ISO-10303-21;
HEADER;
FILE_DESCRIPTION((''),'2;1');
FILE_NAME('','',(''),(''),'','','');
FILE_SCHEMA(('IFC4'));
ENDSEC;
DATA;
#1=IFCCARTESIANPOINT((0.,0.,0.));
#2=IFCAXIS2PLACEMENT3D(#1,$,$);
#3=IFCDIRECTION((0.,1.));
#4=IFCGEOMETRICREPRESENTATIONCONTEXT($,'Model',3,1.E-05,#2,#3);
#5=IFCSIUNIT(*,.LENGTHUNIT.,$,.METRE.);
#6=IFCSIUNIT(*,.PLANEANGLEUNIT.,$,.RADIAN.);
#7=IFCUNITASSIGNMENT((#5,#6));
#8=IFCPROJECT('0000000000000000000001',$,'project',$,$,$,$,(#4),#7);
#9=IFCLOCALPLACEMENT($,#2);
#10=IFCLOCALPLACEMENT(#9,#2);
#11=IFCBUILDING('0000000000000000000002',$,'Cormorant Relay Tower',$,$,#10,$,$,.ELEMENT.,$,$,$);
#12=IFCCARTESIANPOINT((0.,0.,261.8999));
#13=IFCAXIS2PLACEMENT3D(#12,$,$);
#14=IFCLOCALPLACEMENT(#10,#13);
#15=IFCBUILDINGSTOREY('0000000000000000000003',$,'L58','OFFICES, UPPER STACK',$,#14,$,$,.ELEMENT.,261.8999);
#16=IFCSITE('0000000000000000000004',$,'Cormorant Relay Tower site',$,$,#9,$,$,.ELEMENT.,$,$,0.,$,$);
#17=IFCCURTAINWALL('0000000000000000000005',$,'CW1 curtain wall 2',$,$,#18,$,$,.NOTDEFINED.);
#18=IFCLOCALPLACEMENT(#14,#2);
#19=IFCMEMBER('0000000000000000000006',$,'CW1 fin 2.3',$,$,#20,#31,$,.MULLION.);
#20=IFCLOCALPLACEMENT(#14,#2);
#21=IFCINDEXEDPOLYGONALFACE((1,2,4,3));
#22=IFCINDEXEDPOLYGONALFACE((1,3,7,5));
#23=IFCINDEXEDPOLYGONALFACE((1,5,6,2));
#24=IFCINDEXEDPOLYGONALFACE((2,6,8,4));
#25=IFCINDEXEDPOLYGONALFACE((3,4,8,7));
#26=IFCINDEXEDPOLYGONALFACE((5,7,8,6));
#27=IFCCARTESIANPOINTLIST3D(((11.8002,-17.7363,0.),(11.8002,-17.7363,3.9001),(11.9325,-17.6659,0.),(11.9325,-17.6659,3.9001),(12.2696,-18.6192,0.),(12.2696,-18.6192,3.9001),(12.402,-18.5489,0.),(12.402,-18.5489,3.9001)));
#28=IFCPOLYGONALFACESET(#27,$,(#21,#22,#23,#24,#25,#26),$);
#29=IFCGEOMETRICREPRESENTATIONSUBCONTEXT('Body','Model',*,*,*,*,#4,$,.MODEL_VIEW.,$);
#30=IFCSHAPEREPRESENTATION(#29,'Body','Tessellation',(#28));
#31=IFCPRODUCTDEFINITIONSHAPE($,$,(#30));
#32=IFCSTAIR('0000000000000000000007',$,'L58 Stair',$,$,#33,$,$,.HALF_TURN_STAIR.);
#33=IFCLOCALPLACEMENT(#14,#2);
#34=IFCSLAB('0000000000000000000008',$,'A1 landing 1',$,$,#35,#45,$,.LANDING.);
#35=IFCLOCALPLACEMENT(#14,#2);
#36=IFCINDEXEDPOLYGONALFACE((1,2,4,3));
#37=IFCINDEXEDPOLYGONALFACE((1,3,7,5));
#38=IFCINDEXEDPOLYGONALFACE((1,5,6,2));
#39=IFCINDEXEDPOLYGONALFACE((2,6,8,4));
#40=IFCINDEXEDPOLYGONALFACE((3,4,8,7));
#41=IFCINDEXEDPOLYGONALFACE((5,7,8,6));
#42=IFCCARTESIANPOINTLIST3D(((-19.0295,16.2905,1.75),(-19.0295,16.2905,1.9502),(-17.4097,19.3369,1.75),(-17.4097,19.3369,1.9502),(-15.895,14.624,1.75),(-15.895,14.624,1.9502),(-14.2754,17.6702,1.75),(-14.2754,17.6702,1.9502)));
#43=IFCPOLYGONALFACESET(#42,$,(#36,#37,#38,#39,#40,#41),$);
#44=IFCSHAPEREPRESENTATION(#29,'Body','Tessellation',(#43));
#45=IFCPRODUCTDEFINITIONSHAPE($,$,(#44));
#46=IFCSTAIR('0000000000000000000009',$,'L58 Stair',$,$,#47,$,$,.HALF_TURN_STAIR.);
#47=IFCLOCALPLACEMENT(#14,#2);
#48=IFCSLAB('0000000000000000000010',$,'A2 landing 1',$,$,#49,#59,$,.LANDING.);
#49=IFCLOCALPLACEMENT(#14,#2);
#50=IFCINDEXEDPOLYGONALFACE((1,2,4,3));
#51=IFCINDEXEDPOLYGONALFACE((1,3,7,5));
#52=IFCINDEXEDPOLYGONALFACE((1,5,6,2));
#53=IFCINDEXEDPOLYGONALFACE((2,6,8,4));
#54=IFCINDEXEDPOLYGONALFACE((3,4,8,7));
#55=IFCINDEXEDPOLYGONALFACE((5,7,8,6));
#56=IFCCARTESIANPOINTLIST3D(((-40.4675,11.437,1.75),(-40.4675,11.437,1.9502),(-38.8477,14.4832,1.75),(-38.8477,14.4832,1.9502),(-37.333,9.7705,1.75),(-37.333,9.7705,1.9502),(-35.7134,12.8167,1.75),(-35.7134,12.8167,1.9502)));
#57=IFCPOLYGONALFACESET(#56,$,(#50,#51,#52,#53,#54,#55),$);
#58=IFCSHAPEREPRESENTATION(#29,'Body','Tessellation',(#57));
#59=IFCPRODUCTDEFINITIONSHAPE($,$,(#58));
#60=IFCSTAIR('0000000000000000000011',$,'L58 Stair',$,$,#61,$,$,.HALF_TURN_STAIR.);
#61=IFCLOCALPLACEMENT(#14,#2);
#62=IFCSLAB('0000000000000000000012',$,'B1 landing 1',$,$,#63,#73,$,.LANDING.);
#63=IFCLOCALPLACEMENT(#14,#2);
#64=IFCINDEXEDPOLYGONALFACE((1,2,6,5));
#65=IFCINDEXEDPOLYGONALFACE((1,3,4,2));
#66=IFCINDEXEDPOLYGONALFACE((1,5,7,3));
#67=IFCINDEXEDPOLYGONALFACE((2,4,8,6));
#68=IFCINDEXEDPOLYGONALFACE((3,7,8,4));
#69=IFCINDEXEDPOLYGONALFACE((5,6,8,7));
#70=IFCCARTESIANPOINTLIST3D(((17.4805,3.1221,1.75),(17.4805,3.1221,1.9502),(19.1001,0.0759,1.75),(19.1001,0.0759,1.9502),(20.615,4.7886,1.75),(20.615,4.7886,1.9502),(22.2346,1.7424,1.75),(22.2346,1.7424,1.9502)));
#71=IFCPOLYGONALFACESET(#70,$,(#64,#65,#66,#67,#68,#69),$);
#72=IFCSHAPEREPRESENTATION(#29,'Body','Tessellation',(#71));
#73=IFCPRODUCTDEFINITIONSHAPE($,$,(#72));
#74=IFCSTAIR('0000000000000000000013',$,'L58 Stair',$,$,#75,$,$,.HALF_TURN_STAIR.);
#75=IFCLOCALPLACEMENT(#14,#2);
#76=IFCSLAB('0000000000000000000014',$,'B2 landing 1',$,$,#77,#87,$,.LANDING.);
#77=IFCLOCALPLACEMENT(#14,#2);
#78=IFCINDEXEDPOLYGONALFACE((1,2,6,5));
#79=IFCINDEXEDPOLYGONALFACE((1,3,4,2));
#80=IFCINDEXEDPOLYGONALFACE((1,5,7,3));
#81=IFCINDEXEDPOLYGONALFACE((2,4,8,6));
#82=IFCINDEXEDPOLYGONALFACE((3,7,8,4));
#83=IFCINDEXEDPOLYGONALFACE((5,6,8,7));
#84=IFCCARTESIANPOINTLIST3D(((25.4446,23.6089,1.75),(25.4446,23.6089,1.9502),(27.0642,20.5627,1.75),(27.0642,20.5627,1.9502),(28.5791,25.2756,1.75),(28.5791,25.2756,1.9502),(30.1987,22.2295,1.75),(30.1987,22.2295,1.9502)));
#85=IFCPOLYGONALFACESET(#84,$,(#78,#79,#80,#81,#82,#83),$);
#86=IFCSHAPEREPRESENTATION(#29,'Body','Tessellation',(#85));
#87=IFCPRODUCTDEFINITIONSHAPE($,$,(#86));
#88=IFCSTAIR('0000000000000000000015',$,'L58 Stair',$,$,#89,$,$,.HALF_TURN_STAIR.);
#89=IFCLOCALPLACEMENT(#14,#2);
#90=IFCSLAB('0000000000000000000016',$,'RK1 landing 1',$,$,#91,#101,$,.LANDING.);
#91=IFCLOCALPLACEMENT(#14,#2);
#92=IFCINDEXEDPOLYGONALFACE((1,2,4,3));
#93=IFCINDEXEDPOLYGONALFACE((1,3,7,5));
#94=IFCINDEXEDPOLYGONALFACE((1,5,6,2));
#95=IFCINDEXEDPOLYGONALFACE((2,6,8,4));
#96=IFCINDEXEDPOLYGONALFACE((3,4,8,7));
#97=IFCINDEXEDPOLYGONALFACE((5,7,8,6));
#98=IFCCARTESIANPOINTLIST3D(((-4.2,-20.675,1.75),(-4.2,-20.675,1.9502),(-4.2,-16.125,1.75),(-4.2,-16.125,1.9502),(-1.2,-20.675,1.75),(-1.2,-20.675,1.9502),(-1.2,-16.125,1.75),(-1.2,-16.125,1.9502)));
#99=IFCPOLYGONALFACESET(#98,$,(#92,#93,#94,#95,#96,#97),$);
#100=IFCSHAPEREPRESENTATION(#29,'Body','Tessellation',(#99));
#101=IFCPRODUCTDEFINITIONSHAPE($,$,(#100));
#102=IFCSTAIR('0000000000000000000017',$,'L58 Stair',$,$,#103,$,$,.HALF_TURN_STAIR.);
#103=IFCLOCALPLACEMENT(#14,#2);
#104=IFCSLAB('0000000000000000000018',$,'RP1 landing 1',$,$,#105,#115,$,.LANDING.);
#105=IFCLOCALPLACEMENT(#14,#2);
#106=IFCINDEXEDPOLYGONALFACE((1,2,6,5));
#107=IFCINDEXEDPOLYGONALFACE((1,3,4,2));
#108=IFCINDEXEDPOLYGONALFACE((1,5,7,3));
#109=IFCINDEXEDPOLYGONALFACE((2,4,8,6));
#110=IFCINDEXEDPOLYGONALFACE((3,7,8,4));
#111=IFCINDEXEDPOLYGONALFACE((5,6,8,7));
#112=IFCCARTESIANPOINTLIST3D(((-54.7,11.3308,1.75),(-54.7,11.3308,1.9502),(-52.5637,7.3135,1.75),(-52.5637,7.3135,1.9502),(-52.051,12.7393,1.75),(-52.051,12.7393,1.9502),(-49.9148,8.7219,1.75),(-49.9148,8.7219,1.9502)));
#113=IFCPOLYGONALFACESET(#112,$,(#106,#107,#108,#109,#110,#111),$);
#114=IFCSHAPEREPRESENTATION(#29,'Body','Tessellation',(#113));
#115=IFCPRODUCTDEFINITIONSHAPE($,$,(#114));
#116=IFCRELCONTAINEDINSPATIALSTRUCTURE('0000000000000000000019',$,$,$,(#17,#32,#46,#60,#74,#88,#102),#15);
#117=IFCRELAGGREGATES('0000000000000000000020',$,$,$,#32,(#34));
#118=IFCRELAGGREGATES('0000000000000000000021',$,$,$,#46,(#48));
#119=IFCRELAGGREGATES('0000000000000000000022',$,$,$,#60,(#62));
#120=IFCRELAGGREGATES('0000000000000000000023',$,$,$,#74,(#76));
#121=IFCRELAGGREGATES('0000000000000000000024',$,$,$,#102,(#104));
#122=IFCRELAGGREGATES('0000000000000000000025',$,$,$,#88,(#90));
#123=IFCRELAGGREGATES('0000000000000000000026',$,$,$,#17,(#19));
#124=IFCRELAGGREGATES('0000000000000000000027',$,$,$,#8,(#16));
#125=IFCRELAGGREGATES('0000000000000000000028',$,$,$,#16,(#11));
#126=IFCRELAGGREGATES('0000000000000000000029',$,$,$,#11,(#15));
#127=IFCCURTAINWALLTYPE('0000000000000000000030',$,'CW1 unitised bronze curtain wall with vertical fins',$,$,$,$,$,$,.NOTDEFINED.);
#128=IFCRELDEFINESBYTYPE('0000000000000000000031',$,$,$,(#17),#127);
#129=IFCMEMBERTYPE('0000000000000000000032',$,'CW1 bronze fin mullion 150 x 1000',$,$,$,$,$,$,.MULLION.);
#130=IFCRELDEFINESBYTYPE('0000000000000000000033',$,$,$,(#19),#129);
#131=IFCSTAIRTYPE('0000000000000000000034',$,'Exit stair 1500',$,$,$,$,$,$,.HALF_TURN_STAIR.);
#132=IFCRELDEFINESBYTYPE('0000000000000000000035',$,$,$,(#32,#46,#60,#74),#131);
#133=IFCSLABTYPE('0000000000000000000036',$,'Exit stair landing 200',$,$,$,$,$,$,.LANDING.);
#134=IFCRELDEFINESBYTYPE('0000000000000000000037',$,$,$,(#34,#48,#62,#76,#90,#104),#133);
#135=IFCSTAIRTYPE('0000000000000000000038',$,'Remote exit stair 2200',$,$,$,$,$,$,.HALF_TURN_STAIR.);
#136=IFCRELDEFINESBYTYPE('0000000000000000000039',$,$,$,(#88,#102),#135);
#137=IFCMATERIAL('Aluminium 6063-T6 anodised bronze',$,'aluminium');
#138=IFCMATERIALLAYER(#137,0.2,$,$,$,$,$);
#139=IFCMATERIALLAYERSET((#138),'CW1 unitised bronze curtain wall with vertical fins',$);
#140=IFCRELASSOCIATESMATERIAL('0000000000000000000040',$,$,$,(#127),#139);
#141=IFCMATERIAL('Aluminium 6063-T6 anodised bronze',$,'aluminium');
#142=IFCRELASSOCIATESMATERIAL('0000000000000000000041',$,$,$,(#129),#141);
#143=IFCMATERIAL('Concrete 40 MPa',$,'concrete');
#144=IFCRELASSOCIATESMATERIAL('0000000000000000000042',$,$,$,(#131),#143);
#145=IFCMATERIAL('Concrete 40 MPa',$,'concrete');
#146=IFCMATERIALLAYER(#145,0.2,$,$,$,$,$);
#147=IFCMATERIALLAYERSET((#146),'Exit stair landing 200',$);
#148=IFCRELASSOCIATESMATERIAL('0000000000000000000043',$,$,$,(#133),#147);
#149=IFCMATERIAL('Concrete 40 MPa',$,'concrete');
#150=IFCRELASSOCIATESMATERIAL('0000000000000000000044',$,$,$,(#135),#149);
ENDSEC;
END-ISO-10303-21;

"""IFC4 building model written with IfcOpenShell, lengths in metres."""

from ifc_helpers import new_model, si_unit, direction, frame, origin, origin_2d, place, context, subcontext, project, spatial, polyline, rectangle, outline, extrude, material, layer, layer_set, material_profile, profile_set, type_object, element, aggregate, save


model = new_model("IFC4")

# Units and contexts
model_context = context("Model", 3, precision=1e-05, world=origin(), true_north=direction((0.0, 1.0)))
body_context = subcontext(model_context, "Body", "Model", "MODEL_VIEW")
ifc_project = project(units=[si_unit("LENGTHUNIT", "METRE"), si_unit("PLANEANGLEUNIT", "RADIAN")], contexts=[model_context])

# Site, building, storey
site_placement = place(None, origin())
site = spatial("IfcSite", under=ifc_project, at=site_placement, Name="Cormorant Relay Tower site", CompositionType="ELEMENT", RefElevation=0.0)
building_placement = place(site_placement, origin())
building = spatial("IfcBuilding", under=site, at=building_placement, Name="Cormorant Relay Tower", CompositionType="ELEMENT")
storey_placement = place(building_placement, frame((0.0, 0.0, 261.8999)))
storey = spatial("IfcBuildingStorey", under=building, at=storey_placement, Name="L58", Description="OFFICES, UPPER STACK", CompositionType="ELEMENT", Elevation=261.8999)

# Curtain wall, member
ifc_material_1 = material(Name="Aluminium 6063-T6 anodised bronze", Category="aluminium")
ifc_layer_1 = layer(ifc_material_1, 0.2)
ifc_layer_set_1 = layer_set([ifc_layer_1], Name="CW1 unitised bronze curtain wall with vertical fins")
curtain_wall_type = type_object("IfcCurtainWallType", Name="CW1 unitised bronze curtain wall with vertical fins", PredefinedType="NOTDEFINED", material=ifc_layer_set_1)
curtain_wall_placement = place(storey_placement, origin())
curtain_wall = element("IfcCurtainWall", 1, at=curtain_wall_placement, inside=storey, type_object=curtain_wall_type, Name="CW1 curtain wall 2", PredefinedType="NOTDEFINED")
ifc_material_2 = material(Name="Aluminium 6063-T6 anodised bronze", Category="aluminium")
ifc_material_profile_1 = material_profile(ifc_material_2, rectangle(XDim=0.1499, YDim=1.0, at=origin_2d()), Name="AL 150x1000")
ifc_profile_set_1 = profile_set([ifc_material_profile_1], Name="Aluminium 6063-T6 anodised bronze")
member_type = type_object("IfcMemberType", Name="CW1 bronze fin mullion 150 x 1000", PredefinedType="MULLION", material=ifc_profile_set_1)
member_placement = place(storey_placement, frame((12.1011, -18.1426, 0.0), z_axis=(0.0, 0.0, 1.0), x_axis=(0.882948, 0.469472, 0.0)))
member = element("IfcMember", 2, at=member_placement, type_object=member_type, Name="CW1 fin 2.3", PredefinedType="MULLION", context=body_context, shape_type="SweptSolid", body=[
    extrude(rectangle(XDim=0.1499, YDim=1.0, at=origin_2d()), origin(), (0.0, 0.0, 1.0), 3.9001),
])

# Stairs, slabs
ifc_material_3 = material(Name="Concrete 40 MPa", Category="concrete")
stair_type_1 = type_object("IfcStairType", Name="Exit stair 1500", PredefinedType="HALF_TURN_STAIR", material=ifc_material_3)
stair_1_placement = place(storey_placement, origin())
stair_1 = element("IfcStair", 3, at=stair_1_placement, inside=storey, type_object=stair_type_1, Name="L58 Stair", PredefinedType="HALF_TURN_STAIR")
ifc_material_4 = material(Name="Concrete 40 MPa", Category="concrete")
ifc_layer_2 = layer(ifc_material_4, 0.2)
ifc_layer_set_2 = layer_set([ifc_layer_2], Name="Exit stair landing 200")
slab_type_1 = type_object("IfcSlabType", Name="Exit stair landing 200", PredefinedType="LANDING", material=ifc_layer_set_2)
slab_1_placement = place(storey_placement, frame((0.0, 0.0, 1.75)))
slab_1 = element("IfcSlab", 4, at=slab_1_placement, type_object=slab_type_1, Name="A1 landing 1", PredefinedType="LANDING", context=body_context, shape_type="SweptSolid", body=[
    extrude(outline(polyline([(-19.0295, 16.2905), (-15.895, 14.624), (-14.2754, 17.6702), (-17.4097, 19.3369), (-19.0295, 16.2905)])), origin(), (0.0, 0.0, 1.0), 0.2002),
])
aggregate(stair_1, [slab_1])
stair_2_placement = place(storey_placement, origin())
stair_2 = element("IfcStair", 5, at=stair_2_placement, inside=storey, type_object=stair_type_1, Name="L58 Stair", PredefinedType="HALF_TURN_STAIR")
slab_2_placement = place(storey_placement, frame((0.0, 0.0, 1.75)))
slab_2 = element("IfcSlab", 6, at=slab_2_placement, type_object=slab_type_1, Name="A2 landing 1", PredefinedType="LANDING", context=body_context, shape_type="SweptSolid", body=[
    extrude(outline(polyline([(-35.7134, 12.8167), (-38.8477, 14.4832), (-40.4675, 11.437), (-37.333, 9.7705), (-35.7134, 12.8167)])), origin(), (0.0, 0.0, 1.0), 0.2002),
])
aggregate(stair_2, [slab_2])
stair_3_placement = place(storey_placement, origin())
stair_3 = element("IfcStair", 7, at=stair_3_placement, inside=storey, type_object=stair_type_1, Name="L58 Stair", PredefinedType="HALF_TURN_STAIR")
slab_3_placement = place(storey_placement, frame((0.0, 0.0, 1.75)))
slab_3 = element("IfcSlab", 8, at=slab_3_placement, type_object=slab_type_1, Name="B1 landing 1", PredefinedType="LANDING", context=body_context, shape_type="SweptSolid", body=[
    extrude(outline(polyline([(20.615, 4.7886), (17.4805, 3.1221), (19.1001, 0.0759), (22.2346, 1.7424), (20.615, 4.7886)])), origin(), (0.0, 0.0, 1.0), 0.2002),
])
aggregate(stair_3, [slab_3])
stair_4_placement = place(storey_placement, origin())
stair_4 = element("IfcStair", 9, at=stair_4_placement, inside=storey, type_object=stair_type_1, Name="L58 Stair", PredefinedType="HALF_TURN_STAIR")
slab_4_placement = place(storey_placement, frame((0.0, 0.0, 1.75)))
slab_4 = element("IfcSlab", 10, at=slab_4_placement, type_object=slab_type_1, Name="B2 landing 1", PredefinedType="LANDING", context=body_context, shape_type="SweptSolid", body=[
    extrude(outline(polyline([(27.0642, 20.5627), (30.1987, 22.2295), (28.5791, 25.2756), (25.4446, 23.6089), (27.0642, 20.5627)])), origin(), (0.0, 0.0, 1.0), 0.2002),
])
aggregate(stair_4, [slab_4])
ifc_material_5 = material(Name="Concrete 40 MPa", Category="concrete")
stair_type_2 = type_object("IfcStairType", Name="Remote exit stair 2200", PredefinedType="HALF_TURN_STAIR", material=ifc_material_5)
stair_5_placement = place(storey_placement, origin())
stair_5 = element("IfcStair", 11, at=stair_5_placement, inside=storey, type_object=stair_type_2, Name="L58 Stair", PredefinedType="HALF_TURN_STAIR")
slab_5_placement = place(storey_placement, frame((0.0, 0.0, 1.75)))
slab_5 = element("IfcSlab", 12, at=slab_5_placement, type_object=slab_type_1, Name="RK1 landing 1", PredefinedType="LANDING", context=body_context, shape_type="SweptSolid", body=[
    extrude(outline(polyline([(-1.2, -16.125), (-4.2, -16.125), (-4.2, -20.675), (-1.2, -20.675), (-1.2, -16.125)])), origin(), (0.0, 0.0, 1.0), 0.2002),
])
stair_6_placement = place(storey_placement, origin())
stair_6 = element("IfcStair", 13, at=stair_6_placement, inside=storey, type_object=stair_type_2, Name="L58 Stair", PredefinedType="HALF_TURN_STAIR")
slab_6_placement = place(storey_placement, frame((0.0, 0.0, 1.75)))
slab_6 = element("IfcSlab", 14, at=slab_6_placement, type_object=slab_type_1, Name="RP1 landing 1", PredefinedType="LANDING", context=body_context, shape_type="SweptSolid", body=[
    extrude(outline(polyline([(-52.051, 12.7393), (-54.7, 11.3308), (-52.5637, 7.3135), (-49.9148, 8.7219), (-52.051, 12.7393)])), origin(), (0.0, 0.0, 1.0), 0.2002),
])
aggregate(stair_6, [slab_6])

aggregate(stair_5, [slab_5])

aggregate(curtain_wall, [member])

save(model, "model.ifc")
